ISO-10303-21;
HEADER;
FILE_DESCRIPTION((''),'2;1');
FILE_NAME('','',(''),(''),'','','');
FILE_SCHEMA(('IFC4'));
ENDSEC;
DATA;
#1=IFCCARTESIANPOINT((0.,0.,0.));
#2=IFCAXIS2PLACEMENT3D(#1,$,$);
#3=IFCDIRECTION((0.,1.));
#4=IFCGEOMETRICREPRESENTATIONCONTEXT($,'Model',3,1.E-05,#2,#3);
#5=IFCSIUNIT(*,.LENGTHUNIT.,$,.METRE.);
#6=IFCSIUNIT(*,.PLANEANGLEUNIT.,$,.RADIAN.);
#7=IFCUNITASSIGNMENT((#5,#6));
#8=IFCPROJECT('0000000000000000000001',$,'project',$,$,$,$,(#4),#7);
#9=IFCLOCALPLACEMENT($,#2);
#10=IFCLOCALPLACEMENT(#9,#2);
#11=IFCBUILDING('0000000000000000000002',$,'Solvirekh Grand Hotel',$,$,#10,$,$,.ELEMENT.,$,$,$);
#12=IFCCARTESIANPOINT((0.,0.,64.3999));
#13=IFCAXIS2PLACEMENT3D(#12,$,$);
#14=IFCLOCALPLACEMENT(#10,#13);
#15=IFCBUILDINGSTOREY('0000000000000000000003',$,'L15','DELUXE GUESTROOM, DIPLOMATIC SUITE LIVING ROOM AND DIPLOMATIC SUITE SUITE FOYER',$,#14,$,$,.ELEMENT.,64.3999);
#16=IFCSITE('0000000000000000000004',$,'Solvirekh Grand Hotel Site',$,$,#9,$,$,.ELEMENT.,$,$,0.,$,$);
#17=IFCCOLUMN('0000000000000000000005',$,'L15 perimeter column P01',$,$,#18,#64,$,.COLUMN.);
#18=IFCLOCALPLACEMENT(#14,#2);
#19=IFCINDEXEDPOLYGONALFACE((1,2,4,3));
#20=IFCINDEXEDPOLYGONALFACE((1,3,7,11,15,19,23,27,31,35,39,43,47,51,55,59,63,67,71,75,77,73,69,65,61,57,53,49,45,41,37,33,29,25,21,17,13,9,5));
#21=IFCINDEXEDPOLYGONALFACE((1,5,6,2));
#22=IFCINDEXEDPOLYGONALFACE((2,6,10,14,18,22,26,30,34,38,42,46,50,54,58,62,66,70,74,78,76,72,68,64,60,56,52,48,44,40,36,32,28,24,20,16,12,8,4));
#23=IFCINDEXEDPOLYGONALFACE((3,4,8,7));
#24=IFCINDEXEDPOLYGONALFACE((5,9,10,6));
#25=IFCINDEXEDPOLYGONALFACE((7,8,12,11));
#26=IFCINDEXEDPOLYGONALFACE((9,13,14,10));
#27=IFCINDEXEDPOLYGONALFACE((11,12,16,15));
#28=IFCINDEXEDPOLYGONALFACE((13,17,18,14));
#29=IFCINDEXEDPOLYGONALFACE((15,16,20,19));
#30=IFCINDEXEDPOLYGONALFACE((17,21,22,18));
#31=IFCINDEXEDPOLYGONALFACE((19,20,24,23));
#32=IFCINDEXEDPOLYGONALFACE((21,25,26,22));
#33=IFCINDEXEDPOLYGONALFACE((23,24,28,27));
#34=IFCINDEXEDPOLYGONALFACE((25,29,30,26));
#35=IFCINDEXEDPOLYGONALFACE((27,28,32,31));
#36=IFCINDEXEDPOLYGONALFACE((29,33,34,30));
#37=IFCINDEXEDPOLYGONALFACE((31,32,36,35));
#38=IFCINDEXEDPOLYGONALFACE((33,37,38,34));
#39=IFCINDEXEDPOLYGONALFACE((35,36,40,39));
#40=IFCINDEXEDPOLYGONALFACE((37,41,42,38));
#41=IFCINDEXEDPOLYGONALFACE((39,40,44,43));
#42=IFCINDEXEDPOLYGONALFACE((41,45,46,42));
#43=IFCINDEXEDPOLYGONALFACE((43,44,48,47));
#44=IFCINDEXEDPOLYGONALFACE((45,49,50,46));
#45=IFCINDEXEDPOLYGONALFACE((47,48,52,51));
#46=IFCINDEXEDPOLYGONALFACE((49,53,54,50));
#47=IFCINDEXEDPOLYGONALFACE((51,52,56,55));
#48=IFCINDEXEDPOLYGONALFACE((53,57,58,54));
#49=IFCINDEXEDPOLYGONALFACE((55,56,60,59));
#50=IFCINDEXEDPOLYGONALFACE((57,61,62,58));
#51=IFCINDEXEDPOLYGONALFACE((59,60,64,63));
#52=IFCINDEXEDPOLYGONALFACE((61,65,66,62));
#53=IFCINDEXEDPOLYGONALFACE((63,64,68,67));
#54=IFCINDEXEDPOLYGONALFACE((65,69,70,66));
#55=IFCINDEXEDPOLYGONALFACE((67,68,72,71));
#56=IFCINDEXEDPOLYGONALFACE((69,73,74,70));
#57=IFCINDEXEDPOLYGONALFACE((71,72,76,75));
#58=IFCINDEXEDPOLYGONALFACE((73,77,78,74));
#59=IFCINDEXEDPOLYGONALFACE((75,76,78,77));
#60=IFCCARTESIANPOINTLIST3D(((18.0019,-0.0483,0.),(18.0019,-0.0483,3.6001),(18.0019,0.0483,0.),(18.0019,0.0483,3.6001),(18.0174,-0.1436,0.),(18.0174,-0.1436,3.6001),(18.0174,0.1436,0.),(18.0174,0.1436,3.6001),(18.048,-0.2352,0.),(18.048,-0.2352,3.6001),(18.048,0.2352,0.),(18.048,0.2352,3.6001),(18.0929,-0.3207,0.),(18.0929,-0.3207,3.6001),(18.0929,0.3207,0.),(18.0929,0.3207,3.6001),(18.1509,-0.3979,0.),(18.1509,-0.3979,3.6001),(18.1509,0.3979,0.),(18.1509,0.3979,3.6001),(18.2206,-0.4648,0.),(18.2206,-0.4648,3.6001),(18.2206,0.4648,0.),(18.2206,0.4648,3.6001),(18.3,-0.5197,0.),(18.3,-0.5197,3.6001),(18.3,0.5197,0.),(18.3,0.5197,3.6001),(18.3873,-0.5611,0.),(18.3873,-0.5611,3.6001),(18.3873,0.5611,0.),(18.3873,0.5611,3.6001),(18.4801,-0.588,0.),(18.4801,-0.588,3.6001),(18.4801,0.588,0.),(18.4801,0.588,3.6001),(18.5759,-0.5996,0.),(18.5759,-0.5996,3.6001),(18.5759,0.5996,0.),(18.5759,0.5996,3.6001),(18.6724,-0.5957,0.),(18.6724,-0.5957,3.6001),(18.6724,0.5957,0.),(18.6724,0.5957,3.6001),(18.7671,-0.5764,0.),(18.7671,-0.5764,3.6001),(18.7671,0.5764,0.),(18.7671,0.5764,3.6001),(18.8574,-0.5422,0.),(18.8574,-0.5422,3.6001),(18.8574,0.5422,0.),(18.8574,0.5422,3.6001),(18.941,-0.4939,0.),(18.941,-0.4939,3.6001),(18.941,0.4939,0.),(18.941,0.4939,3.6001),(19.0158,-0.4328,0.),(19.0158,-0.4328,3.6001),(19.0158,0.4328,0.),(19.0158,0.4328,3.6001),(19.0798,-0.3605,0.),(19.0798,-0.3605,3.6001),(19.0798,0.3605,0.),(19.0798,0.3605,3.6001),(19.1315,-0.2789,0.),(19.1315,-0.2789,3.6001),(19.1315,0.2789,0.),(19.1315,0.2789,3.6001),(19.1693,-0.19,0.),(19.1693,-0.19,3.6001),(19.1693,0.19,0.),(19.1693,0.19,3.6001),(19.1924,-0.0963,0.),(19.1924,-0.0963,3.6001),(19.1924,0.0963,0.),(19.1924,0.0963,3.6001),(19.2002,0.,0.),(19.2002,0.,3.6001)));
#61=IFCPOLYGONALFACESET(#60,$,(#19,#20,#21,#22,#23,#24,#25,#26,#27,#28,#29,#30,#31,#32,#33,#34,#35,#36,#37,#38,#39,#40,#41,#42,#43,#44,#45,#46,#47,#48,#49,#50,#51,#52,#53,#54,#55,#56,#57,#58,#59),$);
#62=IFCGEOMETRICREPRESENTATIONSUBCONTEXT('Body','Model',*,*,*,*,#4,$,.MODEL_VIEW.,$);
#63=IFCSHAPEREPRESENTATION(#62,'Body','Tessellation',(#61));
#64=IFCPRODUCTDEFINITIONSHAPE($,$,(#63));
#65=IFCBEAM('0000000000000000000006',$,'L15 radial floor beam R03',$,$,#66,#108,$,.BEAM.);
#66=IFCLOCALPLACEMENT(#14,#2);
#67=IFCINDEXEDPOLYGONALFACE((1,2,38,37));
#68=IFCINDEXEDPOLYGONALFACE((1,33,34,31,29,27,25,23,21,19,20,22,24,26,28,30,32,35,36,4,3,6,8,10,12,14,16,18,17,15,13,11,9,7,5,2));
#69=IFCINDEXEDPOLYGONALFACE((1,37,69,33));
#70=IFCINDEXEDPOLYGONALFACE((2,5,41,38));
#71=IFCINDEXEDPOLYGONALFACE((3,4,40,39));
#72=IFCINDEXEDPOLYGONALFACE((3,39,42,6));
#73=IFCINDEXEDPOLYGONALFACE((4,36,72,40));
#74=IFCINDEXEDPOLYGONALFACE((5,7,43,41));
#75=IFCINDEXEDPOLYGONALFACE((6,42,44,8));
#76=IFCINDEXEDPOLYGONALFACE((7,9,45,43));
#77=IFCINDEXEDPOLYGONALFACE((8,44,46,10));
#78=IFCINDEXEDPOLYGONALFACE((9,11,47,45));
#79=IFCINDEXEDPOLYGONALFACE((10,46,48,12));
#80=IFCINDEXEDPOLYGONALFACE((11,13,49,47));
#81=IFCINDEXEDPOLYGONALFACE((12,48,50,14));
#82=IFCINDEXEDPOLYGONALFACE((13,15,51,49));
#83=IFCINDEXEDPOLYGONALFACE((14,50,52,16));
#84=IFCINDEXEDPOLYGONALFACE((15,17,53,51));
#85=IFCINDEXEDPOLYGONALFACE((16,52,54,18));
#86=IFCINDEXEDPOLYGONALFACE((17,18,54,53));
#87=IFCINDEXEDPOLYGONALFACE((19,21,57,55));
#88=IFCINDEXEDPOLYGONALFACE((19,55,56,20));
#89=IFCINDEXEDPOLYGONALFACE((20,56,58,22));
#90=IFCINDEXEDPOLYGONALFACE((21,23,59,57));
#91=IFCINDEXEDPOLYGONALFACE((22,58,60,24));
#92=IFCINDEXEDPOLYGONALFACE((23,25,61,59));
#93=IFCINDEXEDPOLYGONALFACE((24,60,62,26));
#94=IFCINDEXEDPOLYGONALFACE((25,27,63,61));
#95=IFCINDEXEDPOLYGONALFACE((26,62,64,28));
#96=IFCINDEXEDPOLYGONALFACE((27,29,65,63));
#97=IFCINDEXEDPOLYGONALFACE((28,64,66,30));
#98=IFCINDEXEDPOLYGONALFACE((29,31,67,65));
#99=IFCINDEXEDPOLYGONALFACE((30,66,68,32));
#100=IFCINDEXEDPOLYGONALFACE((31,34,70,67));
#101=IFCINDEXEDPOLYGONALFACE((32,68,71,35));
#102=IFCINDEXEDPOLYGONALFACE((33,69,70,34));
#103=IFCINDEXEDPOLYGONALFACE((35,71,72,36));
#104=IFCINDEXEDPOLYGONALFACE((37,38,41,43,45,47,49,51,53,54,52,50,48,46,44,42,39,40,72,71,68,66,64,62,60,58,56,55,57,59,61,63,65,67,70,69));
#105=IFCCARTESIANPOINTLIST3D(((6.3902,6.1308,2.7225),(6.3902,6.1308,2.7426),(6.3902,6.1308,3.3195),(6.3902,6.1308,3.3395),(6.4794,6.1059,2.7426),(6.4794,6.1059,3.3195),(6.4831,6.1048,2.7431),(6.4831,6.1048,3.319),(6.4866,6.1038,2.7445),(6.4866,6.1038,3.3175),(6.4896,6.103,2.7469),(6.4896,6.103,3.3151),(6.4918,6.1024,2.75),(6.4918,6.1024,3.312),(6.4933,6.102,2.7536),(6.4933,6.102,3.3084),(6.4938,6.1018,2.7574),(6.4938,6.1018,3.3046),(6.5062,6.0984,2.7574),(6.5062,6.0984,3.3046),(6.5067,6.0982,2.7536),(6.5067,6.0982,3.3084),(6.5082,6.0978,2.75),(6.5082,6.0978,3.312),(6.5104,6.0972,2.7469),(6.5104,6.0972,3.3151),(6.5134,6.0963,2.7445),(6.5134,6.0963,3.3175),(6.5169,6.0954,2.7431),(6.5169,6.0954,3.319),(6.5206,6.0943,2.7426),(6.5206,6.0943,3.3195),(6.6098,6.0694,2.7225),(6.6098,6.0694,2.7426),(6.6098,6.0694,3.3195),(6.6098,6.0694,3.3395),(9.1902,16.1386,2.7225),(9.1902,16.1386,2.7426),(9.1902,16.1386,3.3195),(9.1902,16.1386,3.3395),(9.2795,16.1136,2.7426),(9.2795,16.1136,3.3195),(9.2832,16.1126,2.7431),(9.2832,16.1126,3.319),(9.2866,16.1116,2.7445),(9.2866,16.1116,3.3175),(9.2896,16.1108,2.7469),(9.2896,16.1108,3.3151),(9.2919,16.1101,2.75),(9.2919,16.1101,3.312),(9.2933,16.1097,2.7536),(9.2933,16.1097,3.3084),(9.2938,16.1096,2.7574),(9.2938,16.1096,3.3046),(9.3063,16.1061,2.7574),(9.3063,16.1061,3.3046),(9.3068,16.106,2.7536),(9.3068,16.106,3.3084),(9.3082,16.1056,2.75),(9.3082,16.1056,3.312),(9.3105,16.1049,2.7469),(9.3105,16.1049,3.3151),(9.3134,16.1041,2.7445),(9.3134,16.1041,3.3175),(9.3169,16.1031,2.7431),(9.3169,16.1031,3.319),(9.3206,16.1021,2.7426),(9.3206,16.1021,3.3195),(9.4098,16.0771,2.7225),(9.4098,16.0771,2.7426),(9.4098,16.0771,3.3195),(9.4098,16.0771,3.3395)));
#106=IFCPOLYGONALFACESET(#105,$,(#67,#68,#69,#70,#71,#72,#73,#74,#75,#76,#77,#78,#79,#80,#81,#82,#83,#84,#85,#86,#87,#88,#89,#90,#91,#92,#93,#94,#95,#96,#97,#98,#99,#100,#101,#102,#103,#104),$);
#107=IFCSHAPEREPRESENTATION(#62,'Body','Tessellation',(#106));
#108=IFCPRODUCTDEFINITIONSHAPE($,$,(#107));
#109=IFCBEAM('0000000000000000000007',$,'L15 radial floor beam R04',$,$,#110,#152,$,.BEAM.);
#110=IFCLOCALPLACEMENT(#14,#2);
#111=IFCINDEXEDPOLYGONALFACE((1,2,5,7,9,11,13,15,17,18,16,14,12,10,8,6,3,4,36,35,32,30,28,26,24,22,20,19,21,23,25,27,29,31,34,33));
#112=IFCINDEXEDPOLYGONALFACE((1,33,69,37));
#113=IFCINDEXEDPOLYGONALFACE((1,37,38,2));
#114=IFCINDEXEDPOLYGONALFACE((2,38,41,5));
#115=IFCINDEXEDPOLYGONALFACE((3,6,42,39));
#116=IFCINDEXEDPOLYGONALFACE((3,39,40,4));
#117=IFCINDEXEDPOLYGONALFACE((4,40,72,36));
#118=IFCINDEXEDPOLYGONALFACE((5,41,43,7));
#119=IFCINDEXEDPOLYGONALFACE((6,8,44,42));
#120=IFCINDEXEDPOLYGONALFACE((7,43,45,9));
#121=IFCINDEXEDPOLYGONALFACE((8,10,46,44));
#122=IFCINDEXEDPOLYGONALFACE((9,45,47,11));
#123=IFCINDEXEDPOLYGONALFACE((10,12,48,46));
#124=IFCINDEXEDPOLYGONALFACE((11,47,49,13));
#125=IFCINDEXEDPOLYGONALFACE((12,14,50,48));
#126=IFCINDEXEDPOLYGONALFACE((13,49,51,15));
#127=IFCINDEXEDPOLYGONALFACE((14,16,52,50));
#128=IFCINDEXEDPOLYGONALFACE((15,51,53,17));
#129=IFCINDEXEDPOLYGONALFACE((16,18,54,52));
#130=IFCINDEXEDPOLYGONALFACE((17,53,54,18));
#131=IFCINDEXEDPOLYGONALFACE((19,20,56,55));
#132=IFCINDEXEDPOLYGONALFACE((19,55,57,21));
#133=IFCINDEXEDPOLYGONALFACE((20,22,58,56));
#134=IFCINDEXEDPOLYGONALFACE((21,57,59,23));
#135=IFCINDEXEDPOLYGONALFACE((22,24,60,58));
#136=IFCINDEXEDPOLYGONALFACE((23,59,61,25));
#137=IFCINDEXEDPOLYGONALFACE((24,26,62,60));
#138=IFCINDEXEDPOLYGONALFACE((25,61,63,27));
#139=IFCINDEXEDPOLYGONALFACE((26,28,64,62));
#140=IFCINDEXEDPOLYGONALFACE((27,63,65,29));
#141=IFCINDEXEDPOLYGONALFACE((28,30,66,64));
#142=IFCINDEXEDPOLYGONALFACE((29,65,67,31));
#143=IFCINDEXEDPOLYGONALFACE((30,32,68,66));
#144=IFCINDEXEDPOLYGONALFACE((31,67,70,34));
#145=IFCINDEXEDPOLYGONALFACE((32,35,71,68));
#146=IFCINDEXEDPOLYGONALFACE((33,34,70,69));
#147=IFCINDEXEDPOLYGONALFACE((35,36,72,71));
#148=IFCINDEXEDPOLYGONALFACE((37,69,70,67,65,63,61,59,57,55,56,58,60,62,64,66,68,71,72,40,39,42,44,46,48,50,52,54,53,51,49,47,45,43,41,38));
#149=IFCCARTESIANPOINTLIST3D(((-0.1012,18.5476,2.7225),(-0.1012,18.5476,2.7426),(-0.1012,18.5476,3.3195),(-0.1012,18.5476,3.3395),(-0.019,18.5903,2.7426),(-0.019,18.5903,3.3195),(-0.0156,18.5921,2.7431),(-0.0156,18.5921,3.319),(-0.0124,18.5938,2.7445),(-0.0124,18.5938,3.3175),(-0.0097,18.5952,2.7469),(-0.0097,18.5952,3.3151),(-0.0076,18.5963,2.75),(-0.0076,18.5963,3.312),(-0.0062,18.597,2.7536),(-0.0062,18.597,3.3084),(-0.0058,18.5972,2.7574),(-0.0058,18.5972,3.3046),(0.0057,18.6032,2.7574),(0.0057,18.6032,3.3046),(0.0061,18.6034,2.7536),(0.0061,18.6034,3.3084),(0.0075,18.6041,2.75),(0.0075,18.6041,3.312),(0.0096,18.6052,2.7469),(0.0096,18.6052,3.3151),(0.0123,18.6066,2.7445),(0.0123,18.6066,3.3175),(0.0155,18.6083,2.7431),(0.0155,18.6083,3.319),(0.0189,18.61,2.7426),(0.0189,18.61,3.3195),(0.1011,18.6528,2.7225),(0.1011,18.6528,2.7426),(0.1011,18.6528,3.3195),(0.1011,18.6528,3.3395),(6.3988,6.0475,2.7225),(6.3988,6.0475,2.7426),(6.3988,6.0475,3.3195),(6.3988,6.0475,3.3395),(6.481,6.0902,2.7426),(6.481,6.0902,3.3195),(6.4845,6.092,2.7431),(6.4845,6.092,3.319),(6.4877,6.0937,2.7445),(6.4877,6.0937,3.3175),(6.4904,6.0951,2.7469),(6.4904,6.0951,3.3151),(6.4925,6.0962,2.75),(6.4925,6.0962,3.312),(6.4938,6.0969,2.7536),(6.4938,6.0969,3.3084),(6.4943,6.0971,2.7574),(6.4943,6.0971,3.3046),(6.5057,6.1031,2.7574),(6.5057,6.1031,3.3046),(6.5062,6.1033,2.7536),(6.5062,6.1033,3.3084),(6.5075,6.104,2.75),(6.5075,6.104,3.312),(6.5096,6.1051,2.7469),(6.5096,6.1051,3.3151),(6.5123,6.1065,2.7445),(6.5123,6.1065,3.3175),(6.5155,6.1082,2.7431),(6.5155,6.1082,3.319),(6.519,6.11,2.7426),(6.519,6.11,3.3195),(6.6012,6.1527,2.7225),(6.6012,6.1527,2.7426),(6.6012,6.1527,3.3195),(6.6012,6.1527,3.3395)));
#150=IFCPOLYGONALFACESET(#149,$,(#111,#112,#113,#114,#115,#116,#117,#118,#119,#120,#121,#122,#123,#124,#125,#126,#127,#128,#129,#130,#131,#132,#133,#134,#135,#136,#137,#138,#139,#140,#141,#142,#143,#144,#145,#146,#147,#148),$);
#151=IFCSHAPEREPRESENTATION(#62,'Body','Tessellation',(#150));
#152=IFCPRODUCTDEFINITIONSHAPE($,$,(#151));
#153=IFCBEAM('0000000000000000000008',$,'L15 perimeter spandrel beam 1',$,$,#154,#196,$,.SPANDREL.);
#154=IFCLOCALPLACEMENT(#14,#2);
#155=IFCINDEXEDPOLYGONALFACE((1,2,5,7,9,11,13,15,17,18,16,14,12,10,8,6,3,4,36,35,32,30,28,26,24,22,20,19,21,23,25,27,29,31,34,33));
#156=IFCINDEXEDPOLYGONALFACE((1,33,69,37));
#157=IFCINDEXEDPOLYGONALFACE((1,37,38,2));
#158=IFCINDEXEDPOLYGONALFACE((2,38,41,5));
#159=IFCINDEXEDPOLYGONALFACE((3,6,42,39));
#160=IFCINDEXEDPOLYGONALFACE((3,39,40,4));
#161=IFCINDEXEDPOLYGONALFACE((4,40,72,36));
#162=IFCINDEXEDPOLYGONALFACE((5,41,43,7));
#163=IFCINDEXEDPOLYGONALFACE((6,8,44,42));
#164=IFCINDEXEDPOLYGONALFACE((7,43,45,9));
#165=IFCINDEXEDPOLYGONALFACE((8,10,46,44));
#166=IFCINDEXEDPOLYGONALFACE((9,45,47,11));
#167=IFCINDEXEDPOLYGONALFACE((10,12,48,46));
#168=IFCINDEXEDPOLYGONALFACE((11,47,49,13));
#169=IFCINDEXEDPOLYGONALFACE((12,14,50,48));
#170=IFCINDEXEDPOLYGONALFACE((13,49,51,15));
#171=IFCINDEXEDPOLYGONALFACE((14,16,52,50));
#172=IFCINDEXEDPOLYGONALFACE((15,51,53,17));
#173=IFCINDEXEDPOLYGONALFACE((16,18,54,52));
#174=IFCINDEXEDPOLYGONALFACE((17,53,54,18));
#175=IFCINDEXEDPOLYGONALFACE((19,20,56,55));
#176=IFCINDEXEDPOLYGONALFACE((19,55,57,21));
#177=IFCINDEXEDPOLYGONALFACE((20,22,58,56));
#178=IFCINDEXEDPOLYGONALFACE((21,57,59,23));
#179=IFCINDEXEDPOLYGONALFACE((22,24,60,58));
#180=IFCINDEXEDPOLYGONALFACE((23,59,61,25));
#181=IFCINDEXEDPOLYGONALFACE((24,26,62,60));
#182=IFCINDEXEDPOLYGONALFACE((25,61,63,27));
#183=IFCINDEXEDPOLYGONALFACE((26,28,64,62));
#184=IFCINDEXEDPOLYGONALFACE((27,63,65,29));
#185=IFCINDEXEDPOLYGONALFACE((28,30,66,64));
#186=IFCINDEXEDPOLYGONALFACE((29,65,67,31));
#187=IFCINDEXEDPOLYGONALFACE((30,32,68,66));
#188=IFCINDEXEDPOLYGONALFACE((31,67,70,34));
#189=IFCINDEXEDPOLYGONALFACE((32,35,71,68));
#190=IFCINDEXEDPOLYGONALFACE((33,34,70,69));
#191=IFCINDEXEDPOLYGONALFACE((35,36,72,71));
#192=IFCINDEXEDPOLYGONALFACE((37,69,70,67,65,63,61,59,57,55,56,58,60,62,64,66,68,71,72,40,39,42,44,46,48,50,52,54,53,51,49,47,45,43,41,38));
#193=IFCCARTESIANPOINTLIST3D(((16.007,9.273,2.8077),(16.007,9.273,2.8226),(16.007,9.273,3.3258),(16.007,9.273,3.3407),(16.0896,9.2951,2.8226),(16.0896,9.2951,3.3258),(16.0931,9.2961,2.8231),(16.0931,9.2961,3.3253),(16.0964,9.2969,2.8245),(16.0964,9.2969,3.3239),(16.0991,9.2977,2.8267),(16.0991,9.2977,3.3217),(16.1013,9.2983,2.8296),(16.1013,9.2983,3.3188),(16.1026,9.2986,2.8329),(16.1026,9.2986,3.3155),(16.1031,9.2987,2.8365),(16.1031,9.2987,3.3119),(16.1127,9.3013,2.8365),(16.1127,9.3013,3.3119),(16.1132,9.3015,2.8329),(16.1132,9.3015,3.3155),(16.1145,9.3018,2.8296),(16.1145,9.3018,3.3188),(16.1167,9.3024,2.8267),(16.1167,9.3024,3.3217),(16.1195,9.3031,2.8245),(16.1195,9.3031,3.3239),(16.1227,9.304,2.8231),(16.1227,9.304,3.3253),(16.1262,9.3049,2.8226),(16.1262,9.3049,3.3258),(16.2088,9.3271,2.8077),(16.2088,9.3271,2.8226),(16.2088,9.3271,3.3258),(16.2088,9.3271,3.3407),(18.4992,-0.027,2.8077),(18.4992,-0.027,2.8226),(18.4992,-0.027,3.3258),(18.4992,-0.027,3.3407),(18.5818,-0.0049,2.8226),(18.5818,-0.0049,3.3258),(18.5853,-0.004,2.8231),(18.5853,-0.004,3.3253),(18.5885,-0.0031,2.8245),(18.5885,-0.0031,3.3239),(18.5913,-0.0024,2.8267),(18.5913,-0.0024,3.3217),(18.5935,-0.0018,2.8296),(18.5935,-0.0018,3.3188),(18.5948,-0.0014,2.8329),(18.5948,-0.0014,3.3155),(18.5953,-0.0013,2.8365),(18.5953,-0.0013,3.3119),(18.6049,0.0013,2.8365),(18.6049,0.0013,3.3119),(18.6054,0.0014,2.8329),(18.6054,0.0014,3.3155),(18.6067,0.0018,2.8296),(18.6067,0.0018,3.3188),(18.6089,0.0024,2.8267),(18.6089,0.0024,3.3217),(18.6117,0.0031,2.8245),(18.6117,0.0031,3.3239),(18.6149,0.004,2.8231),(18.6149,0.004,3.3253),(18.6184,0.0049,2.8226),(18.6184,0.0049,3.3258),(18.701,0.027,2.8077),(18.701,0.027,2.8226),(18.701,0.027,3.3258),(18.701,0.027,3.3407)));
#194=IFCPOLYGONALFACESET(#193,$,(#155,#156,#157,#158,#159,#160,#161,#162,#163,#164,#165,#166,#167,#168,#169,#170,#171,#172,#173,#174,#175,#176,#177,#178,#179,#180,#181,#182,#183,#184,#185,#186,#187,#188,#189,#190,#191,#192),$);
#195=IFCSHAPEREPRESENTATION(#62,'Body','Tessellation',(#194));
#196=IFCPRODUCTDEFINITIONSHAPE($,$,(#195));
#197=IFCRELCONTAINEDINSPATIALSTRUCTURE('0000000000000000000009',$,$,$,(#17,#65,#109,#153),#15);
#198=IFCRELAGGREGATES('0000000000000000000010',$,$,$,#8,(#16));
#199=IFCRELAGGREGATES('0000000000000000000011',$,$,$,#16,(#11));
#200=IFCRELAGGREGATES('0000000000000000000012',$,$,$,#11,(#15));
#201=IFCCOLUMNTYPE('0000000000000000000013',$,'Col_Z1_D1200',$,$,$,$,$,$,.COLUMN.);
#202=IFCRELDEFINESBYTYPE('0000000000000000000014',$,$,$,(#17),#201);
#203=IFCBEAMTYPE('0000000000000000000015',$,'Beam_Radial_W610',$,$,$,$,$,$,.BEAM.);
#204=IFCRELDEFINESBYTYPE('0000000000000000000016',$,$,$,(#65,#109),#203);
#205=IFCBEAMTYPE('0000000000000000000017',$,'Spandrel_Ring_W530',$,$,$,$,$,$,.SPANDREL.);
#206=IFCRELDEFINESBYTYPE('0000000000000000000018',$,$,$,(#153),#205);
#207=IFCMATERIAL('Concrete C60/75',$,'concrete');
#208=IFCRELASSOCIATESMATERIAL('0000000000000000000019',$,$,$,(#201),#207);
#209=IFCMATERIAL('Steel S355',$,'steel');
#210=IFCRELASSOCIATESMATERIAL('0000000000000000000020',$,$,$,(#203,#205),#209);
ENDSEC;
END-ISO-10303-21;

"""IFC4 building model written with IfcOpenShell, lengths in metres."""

from ifc_helpers import new_model, si_unit, direction, frame, origin, origin_2d, place, context, subcontext, project, spatial, circle, i_section, extrude, material, material_profile, profile_set, type_object, element, save


model = new_model("IFC4")

# Units and contexts
model_context = context("Model", 3, precision=1e-05, world=origin(), true_north=direction((0.0, 1.0)))
body_context = subcontext(model_context, "Body", "Model", "MODEL_VIEW")
ifc_project = project(units=[si_unit("LENGTHUNIT", "METRE"), si_unit("PLANEANGLEUNIT", "RADIAN")], contexts=[model_context])

# Site, building, storey
site_placement = place(None, origin())
site = spatial("IfcSite", under=ifc_project, at=site_placement, Name="Solvirekh Grand Hotel Site", CompositionType="ELEMENT", RefElevation=0.0)
building_placement = place(site_placement, origin())
building = spatial("IfcBuilding", under=site, at=building_placement, Name="Solvirekh Grand Hotel", CompositionType="ELEMENT")
storey_placement = place(building_placement, frame((0.0, 0.0, 64.3999)))
storey = spatial("IfcBuildingStorey", under=building, at=storey_placement, Name="L15", Description="DELUXE GUESTROOM, DIPLOMATIC SUITE LIVING ROOM AND DIPLOMATIC SUITE SUITE FOYER", CompositionType="ELEMENT", Elevation=64.3999)

# Column
ifc_material_1 = material(Name="Concrete C60/75", Category="concrete")
ifc_material_profile_1 = material_profile(ifc_material_1, circle(Radius=0.6001, at=origin_2d()), Name="RC CIRC D1200")
ifc_profile_set_1 = profile_set([ifc_material_profile_1], Name="Concrete C60/75")
column_type = type_object("IfcColumnType", Name="Col_Z1_D1200", PredefinedType="COLUMN", material=ifc_profile_set_1)
column_placement = place(storey_placement, frame((18.6001, 0.0, 0.0), z_axis=(0.0, 0.0, 1.0), x_axis=(1.0, 0.0, 0.0)))
element("IfcColumn", 1, at=column_placement, inside=storey, type_object=column_type, Name="L15 perimeter column P01", PredefinedType="COLUMN", context=body_context, shape_type="SweptSolid", body=[
    extrude(circle(Radius=0.6001, at=origin_2d()), origin(), (0.0, 0.0, 1.0), 3.6001),
])

# Beams
ifc_material_2 = material(Name="Steel S355", Category="steel")
ifc_material_profile_2 = material_profile(ifc_material_2, i_section(OverallWidth=0.228, OverallDepth=0.6169, WebThickness=0.0129, FlangeThickness=0.02, FilletRadius=0.0149, at=origin_2d()), Name="W610X140")
ifc_profile_set_2 = profile_set([ifc_material_profile_2], Name="Steel S355")
beam_type_1 = type_object("IfcBeamType", Name="Beam_Radial_W610", PredefinedType="BEAM", material=ifc_profile_set_2)
beam_1_placement = place(storey_placement, frame((6.5, 6.1001, 3.031), z_axis=(0.269439, 0.963017, 0.0), x_axis=(-0.963017, 0.269439, 0.0)))
element("IfcBeam", 2, at=beam_1_placement, inside=storey, type_object=beam_type_1, Name="L15 radial floor beam R03", PredefinedType="BEAM", context=body_context, shape_type="SweptSolid", body=[
    extrude(i_section(OverallWidth=0.228, OverallDepth=0.6169, WebThickness=0.0129, FlangeThickness=0.02, FilletRadius=0.0149, at=origin_2d()), origin(), (0.0, 0.0, 1.0), 10.3921),
])
beam_2_placement = place(storey_placement, frame((6.5, 6.1001, 3.031), z_axis=(-0.461353, 0.887217, 0.0), x_axis=(-0.887217, -0.461353, 0.0)))
element("IfcBeam", 3, at=beam_2_placement, inside=storey, type_object=beam_type_1, Name="L15 radial floor beam R04", PredefinedType="BEAM", context=body_context, shape_type="SweptSolid", body=[
    extrude(i_section(OverallWidth=0.228, OverallDepth=0.6169, WebThickness=0.0129, FlangeThickness=0.02, FilletRadius=0.0149, at=origin_2d()), origin(), (0.0, 0.0, 1.0), 14.0891),
])
ifc_material_profile_3 = material_profile(ifc_material_2, i_section(OverallWidth=0.209, OverallDepth=0.533, WebThickness=0.01, FlangeThickness=0.0149, FilletRadius=0.0139, at=origin_2d()), Name="W530X92")
ifc_profile_set_3 = profile_set([ifc_material_profile_3], Name="Steel S355")
beam_type_2 = type_object("IfcBeamType", Name="Spandrel_Ring_W530", PredefinedType="SPANDREL", material=ifc_profile_set_3)
beam_3_placement = place(storey_placement, frame((18.6001, 0.0, 3.0742), z_axis=(-0.258843, 0.965919, 0.0), x_axis=(-0.965919, -0.258843, 0.0)))
element("IfcBeam", 4, at=beam_3_placement, inside=storey, type_object=beam_type_2, Name="L15 perimeter spandrel beam 1", PredefinedType="SPANDREL", context=body_context, shape_type="SweptSolid", body=[
    extrude(i_section(OverallWidth=0.209, OverallDepth=0.533, WebThickness=0.01, FlangeThickness=0.0149, FilletRadius=0.0139, at=origin_2d()), origin(), (0.0, 0.0, 1.0), 9.6282),
])

save(model, "model.ifc")
